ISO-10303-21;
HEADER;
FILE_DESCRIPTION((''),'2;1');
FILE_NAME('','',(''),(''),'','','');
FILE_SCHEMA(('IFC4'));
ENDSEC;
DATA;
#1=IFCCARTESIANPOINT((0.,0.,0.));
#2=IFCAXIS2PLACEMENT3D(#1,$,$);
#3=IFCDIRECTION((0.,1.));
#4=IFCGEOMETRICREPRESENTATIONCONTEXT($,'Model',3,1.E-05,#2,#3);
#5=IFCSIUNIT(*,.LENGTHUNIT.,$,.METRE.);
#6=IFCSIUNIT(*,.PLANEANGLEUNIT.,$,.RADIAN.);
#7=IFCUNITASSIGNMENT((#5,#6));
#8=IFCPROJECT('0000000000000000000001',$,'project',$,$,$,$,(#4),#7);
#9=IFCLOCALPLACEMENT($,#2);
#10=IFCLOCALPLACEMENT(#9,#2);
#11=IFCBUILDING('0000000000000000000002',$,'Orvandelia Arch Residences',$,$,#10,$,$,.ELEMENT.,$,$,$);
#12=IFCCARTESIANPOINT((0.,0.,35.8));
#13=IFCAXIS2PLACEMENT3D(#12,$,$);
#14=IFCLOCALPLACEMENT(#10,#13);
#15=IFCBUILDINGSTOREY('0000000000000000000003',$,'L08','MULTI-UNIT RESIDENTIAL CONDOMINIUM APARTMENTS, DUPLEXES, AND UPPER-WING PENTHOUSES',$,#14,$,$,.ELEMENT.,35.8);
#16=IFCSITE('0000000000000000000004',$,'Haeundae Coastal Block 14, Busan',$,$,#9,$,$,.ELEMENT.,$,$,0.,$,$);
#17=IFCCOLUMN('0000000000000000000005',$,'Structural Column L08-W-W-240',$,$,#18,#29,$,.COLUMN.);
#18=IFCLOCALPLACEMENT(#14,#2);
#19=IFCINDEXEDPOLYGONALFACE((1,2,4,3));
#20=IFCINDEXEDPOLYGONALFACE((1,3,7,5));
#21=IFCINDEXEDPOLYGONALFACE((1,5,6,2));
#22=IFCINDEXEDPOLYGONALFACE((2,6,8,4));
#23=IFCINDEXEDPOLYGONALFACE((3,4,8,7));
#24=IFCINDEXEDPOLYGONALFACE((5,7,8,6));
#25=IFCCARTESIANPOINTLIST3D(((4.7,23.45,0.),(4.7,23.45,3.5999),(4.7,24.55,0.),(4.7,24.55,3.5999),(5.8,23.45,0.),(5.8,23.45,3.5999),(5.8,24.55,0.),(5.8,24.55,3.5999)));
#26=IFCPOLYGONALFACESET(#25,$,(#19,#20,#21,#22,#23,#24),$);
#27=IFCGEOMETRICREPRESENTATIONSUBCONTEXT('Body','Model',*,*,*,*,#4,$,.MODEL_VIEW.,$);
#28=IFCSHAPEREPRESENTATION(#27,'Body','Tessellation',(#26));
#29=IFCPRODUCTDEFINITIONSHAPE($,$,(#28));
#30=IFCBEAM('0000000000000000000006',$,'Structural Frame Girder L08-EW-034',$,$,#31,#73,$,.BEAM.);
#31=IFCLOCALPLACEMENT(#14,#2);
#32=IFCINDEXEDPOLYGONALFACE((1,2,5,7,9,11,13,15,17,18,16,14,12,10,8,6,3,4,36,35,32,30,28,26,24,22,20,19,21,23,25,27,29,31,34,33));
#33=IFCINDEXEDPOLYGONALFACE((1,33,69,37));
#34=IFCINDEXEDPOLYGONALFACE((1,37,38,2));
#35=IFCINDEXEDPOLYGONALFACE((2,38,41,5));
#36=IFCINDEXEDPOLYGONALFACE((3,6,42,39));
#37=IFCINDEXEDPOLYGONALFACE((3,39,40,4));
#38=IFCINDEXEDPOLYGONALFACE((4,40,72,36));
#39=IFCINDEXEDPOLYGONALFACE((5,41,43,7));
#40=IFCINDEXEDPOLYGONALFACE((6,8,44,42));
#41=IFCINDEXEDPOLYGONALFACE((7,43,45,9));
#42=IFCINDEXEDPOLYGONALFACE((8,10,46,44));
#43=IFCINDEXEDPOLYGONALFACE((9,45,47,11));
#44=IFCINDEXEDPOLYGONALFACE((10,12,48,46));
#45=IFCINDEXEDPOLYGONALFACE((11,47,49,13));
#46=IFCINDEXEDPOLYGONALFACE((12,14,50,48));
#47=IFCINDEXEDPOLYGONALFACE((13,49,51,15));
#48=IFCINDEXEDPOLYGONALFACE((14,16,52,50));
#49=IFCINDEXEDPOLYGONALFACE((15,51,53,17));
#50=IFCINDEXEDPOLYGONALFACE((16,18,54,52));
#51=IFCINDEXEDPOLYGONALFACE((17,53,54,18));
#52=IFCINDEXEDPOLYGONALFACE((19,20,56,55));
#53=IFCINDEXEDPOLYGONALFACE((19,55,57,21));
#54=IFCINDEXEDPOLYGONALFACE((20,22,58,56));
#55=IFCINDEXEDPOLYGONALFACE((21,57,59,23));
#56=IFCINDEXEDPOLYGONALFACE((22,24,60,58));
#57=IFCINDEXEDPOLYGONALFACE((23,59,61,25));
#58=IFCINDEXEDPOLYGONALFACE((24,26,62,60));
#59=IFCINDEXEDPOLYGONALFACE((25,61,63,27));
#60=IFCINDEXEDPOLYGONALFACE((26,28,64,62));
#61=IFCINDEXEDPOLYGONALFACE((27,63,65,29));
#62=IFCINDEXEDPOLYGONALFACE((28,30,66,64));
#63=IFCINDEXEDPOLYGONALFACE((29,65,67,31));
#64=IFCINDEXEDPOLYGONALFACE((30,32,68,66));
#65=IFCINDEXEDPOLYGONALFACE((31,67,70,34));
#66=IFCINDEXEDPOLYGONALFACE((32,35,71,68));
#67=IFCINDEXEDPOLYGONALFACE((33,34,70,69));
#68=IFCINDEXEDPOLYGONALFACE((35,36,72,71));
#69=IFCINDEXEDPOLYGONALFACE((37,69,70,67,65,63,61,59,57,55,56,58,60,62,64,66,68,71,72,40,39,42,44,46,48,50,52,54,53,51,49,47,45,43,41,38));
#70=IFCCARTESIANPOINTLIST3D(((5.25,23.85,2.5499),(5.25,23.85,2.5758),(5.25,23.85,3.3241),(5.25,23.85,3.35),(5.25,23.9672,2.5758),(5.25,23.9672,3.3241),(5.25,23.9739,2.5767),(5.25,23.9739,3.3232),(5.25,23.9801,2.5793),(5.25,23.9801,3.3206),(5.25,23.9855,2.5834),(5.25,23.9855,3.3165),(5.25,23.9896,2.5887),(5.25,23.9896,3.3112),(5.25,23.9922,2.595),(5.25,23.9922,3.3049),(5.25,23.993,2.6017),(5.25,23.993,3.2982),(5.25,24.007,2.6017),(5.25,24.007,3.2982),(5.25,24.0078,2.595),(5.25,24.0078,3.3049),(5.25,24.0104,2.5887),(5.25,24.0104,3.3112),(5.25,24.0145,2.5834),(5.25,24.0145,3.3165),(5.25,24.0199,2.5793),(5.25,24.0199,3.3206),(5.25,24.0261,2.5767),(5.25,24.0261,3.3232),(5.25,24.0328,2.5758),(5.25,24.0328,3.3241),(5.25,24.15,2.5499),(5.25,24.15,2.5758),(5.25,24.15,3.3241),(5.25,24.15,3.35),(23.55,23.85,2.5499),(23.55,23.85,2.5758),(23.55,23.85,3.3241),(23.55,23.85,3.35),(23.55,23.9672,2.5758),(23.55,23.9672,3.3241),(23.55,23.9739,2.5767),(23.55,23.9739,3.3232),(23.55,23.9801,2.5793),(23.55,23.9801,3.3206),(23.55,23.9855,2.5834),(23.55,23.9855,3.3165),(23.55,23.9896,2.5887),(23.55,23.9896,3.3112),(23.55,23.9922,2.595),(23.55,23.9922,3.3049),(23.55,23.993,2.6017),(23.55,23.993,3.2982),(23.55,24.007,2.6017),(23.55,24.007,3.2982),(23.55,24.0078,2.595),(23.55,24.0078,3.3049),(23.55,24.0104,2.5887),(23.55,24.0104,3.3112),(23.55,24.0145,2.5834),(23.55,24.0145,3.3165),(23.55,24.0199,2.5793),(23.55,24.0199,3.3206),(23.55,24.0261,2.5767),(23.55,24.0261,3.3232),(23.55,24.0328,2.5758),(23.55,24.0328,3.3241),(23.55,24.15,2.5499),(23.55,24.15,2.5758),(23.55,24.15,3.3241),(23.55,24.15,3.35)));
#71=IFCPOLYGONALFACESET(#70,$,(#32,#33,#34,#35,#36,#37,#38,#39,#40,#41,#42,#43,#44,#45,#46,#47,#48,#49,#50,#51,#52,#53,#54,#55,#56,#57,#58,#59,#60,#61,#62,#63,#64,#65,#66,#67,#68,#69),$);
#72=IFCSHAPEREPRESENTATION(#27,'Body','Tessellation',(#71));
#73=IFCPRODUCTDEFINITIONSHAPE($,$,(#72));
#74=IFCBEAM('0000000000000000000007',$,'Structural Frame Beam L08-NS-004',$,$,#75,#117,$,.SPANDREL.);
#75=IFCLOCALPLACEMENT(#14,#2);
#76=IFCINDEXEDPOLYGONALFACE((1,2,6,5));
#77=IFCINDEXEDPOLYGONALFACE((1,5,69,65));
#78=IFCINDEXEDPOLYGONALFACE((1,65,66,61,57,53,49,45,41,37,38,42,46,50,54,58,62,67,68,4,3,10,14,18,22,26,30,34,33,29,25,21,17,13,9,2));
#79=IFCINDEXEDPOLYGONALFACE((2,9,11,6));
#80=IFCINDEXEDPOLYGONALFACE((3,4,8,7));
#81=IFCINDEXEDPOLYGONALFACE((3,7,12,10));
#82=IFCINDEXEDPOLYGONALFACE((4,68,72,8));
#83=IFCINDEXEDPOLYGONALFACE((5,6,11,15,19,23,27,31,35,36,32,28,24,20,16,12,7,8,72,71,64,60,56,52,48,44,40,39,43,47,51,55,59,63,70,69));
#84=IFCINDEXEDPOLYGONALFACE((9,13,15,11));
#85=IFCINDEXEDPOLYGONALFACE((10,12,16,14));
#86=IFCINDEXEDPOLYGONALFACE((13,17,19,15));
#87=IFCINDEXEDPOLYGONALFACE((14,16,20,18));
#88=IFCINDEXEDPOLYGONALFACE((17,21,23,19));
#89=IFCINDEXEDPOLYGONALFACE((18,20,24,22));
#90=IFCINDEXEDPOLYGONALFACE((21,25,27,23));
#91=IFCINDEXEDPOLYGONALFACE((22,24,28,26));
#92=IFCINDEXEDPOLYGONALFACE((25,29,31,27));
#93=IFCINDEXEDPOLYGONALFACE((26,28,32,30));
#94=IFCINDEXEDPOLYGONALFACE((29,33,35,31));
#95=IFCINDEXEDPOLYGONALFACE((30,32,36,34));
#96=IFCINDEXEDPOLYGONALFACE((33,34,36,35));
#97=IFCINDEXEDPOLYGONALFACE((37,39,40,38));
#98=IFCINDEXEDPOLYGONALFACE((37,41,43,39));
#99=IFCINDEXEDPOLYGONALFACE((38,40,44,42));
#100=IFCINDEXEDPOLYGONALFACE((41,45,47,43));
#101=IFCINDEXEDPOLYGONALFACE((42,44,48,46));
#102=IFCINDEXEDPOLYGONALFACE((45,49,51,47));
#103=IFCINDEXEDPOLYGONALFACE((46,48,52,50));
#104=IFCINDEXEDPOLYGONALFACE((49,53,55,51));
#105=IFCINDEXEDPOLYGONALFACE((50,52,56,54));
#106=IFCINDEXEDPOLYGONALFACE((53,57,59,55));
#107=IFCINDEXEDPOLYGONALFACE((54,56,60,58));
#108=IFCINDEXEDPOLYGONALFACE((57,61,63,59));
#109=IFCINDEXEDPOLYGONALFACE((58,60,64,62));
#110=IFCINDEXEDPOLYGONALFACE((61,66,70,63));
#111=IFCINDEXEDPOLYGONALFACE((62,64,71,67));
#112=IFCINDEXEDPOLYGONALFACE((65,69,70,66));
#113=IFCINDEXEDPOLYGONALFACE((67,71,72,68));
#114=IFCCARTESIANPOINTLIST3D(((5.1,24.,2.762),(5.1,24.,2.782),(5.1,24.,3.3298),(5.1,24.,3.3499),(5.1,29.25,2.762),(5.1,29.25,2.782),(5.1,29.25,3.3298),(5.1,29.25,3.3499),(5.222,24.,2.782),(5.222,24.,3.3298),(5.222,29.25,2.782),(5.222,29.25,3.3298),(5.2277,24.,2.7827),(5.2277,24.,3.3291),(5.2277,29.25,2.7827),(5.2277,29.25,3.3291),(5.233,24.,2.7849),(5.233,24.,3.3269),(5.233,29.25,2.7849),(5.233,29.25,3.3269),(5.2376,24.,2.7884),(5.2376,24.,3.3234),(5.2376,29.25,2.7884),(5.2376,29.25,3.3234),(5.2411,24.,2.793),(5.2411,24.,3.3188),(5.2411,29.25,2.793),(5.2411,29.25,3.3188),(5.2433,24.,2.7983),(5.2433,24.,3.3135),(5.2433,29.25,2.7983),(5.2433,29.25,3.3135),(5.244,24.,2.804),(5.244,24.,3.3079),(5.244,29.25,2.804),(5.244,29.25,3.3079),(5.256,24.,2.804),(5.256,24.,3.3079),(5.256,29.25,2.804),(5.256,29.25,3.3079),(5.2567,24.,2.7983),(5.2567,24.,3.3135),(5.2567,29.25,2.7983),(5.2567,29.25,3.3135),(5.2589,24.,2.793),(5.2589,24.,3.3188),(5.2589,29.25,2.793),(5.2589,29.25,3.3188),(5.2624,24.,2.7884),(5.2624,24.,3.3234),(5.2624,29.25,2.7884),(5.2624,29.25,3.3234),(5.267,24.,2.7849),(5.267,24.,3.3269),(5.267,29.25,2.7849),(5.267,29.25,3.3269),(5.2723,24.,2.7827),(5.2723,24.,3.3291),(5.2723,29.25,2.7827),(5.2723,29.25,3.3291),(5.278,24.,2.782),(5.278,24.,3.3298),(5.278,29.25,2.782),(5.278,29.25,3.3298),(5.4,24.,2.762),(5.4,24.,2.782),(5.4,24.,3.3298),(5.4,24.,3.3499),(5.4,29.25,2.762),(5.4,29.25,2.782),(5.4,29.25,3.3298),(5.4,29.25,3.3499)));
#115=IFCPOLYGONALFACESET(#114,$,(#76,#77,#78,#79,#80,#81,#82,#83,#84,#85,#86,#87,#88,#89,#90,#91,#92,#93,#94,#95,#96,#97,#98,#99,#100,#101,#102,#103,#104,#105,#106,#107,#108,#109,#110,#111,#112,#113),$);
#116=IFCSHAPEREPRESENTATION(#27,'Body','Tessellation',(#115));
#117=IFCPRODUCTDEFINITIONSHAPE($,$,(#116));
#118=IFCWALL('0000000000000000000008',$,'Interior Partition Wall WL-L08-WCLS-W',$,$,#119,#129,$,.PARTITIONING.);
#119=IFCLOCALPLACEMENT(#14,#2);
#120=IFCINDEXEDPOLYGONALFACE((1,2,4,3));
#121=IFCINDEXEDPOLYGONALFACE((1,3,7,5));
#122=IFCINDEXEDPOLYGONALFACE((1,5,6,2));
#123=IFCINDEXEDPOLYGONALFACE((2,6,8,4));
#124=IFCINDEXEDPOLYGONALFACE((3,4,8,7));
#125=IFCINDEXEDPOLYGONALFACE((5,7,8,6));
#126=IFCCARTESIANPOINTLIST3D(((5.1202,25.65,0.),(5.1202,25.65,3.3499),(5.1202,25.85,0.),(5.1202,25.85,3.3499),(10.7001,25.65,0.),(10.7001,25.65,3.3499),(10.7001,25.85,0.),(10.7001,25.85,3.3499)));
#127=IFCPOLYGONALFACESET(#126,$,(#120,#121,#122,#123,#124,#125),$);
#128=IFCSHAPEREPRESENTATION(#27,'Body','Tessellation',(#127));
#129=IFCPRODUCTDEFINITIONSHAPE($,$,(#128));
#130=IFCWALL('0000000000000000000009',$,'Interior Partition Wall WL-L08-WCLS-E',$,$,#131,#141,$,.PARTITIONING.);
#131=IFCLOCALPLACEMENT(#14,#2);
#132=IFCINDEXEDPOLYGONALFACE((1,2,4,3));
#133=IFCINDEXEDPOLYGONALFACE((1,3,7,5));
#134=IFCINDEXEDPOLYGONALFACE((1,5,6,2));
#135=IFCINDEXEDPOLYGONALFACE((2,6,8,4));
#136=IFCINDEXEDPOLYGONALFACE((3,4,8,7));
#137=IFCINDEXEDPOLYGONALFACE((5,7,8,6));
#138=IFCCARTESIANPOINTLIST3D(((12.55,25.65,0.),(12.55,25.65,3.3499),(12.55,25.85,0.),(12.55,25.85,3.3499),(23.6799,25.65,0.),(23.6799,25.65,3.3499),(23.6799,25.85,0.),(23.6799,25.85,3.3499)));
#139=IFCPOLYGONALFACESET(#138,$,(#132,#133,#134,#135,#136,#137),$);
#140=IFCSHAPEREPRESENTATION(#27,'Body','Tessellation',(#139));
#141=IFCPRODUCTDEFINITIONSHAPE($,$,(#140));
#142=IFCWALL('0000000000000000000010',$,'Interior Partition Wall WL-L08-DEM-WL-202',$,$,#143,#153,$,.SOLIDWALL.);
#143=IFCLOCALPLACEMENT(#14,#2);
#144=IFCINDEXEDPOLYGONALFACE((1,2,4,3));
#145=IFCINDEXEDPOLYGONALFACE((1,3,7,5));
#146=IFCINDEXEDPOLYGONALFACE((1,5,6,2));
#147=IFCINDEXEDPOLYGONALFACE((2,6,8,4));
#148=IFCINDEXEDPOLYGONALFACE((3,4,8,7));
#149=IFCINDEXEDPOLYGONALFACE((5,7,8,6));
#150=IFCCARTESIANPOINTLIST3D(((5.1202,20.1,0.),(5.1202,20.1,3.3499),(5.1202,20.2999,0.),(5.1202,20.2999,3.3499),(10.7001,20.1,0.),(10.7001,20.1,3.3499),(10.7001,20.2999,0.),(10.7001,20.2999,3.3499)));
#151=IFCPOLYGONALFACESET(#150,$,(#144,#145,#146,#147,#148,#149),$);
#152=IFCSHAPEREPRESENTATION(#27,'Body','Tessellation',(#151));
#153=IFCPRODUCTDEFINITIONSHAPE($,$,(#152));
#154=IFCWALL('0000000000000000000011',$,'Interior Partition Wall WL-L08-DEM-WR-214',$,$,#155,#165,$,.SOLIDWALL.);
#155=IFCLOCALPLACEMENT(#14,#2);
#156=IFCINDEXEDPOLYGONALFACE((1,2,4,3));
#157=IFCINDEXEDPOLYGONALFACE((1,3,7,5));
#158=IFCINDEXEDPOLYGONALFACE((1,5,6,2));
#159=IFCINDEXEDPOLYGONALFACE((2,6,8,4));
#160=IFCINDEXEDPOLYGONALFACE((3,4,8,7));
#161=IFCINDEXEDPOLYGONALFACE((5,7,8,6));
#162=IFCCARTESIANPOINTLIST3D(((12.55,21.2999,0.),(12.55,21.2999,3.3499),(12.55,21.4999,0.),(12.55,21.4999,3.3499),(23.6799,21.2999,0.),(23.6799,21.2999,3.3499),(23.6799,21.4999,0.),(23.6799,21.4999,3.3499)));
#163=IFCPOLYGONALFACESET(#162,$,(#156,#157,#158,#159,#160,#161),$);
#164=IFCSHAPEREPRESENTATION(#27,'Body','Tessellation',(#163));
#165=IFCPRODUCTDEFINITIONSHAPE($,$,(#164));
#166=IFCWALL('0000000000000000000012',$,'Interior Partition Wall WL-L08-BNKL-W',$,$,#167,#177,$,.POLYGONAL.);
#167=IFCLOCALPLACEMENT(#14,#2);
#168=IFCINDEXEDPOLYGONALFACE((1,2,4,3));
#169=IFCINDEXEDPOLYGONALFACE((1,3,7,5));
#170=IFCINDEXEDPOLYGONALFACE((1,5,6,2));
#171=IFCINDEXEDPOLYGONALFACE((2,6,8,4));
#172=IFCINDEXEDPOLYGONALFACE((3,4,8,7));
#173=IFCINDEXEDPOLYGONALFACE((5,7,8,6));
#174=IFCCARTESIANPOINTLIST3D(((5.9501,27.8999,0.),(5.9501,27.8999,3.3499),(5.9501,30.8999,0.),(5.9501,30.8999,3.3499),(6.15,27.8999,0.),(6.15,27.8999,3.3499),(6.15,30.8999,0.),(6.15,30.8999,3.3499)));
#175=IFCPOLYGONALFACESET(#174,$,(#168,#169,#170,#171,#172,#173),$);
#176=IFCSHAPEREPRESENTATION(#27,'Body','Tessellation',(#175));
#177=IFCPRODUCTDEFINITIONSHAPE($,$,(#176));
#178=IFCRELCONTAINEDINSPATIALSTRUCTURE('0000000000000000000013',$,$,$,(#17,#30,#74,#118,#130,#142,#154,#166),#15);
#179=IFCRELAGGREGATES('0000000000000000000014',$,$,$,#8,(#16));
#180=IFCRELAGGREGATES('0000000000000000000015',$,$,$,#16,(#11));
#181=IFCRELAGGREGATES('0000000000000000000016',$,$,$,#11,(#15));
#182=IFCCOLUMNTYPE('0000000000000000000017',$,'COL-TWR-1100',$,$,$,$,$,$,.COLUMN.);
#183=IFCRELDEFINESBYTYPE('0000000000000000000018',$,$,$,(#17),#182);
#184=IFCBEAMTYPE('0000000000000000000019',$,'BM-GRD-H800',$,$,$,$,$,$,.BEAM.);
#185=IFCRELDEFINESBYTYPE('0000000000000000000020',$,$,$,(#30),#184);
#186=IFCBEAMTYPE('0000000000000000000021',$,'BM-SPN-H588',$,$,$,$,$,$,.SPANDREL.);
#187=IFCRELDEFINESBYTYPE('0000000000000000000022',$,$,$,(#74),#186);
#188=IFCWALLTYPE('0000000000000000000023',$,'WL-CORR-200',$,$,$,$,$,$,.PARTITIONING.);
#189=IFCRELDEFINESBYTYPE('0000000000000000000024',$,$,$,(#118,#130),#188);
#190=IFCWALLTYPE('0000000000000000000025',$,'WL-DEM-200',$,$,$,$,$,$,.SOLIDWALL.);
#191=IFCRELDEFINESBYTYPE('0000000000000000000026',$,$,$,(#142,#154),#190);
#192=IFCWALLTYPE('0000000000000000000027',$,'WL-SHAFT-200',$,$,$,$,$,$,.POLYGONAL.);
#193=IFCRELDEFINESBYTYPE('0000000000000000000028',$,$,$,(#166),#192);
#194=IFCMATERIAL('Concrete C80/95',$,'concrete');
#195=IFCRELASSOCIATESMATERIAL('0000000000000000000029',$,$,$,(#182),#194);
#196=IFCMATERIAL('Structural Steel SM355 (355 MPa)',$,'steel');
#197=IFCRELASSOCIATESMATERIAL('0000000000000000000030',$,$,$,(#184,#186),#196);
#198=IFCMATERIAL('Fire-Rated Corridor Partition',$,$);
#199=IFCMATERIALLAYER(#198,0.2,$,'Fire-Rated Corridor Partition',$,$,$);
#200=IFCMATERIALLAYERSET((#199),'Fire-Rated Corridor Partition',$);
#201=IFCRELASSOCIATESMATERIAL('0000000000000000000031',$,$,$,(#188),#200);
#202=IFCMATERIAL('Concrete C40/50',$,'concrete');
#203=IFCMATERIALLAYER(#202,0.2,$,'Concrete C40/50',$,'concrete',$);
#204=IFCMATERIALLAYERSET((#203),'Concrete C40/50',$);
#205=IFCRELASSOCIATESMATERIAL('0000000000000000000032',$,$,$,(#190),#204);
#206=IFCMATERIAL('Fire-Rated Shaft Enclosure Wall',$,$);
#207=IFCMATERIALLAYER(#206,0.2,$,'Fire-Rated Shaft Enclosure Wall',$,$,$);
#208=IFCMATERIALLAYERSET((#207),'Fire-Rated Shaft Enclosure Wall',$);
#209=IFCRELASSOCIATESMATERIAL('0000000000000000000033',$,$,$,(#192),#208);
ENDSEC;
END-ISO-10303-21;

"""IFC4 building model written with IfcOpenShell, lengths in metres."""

from ifc_helpers import new_model, si_unit, direction, frame, frame_2d, origin, origin_2d, place, context, subcontext, project, spatial, rectangle, i_section, extrude, material, layer, layer_set, material_profile, profile_set, type_object, element, save


model = new_model("IFC4")

# Units and contexts
model_context = context("Model", 3, precision=1e-05, world=origin(), true_north=direction((0.0, 1.0)))
body_context = subcontext(model_context, "Body", "Model", "MODEL_VIEW")
ifc_project = project(units=[si_unit("LENGTHUNIT", "METRE"), si_unit("PLANEANGLEUNIT", "RADIAN")], contexts=[model_context])

# Site, building, storey
site_placement = place(None, origin())
site = spatial("IfcSite", under=ifc_project, at=site_placement, Name="Haeundae Coastal Block 14, Busan", CompositionType="ELEMENT", RefElevation=0.0)
building_placement = place(site_placement, origin())
building = spatial("IfcBuilding", under=site, at=building_placement, Name="Orvandelia Arch Residences", CompositionType="ELEMENT")
storey_placement = place(building_placement, frame((0.0, 0.0, 35.8)))
storey = spatial("IfcBuildingStorey", under=building, at=storey_placement, Name="L08", Description="MULTI-UNIT RESIDENTIAL CONDOMINIUM APARTMENTS, DUPLEXES, AND UPPER-WING PENTHOUSES", CompositionType="ELEMENT", Elevation=35.8)

# Column
ifc_material_1 = material(Name="Concrete C80/95", Category="concrete")
ifc_material_profile_1 = material_profile(ifc_material_1, rectangle(XDim=1.1001, YDim=1.1001, at=origin_2d()), Name="Concrete C80/95", Category="concrete")
ifc_profile_set_1 = profile_set([ifc_material_profile_1], Name="Concrete C80/95")
column_type = type_object("IfcColumnType", Name="COL-TWR-1100", PredefinedType="COLUMN", material=ifc_profile_set_1)
column_placement = place(storey_placement, frame((5.25, 24.0, 0.0), z_axis=(0.0, 0.0, 1.0), x_axis=(1.0, 0.0, 0.0)))
element("IfcColumn", 1, at=column_placement, inside=storey, type_object=column_type, Name="Structural Column L08-W-W-240", PredefinedType="COLUMN", context=body_context, shape_type="SweptSolid", body=[
    extrude(rectangle(XDim=1.1001, YDim=1.1001, at=origin_2d()), origin(), (0.0, 0.0, 1.0), 3.5999),
])

# Beams
ifc_material_2 = material(Name="Structural Steel SM355 (355 MPa)", Category="steel")
ifc_material_profile_2 = material_profile(ifc_material_2, i_section(OverallWidth=0.3, OverallDepth=0.8, WebThickness=0.0139, FlangeThickness=0.0259, FilletRadius=0.0259, at=origin_2d()), Name="Structural Steel SM355 (355 MPa)", Category="steel")
ifc_profile_set_2 = profile_set([ifc_material_profile_2], Name="Structural Steel SM355 (355 MPa)")
beam_type_1 = type_object("IfcBeamType", Name="BM-GRD-H800", PredefinedType="BEAM", material=ifc_profile_set_2)
beam_1_placement = place(storey_placement, frame((5.25, 24.0, 2.95), z_axis=(1.0, 0.0, 0.0), x_axis=(0.0, 1.0, 0.0)))
element("IfcBeam", 2, at=beam_1_placement, inside=storey, type_object=beam_type_1, Name="Structural Frame Girder L08-EW-034", PredefinedType="BEAM", context=body_context, shape_type="SweptSolid", body=[
    extrude(i_section(OverallWidth=0.3, OverallDepth=0.8, WebThickness=0.0139, FlangeThickness=0.0259, FilletRadius=0.0259, at=origin_2d()), origin(), (0.0, 0.0, 1.0), 18.3),
])
ifc_material_profile_3 = material_profile(ifc_material_2, i_section(OverallWidth=0.3, OverallDepth=0.5879, WebThickness=0.012, FlangeThickness=0.02, FilletRadius=0.022, at=origin_2d()), Name="Structural Steel SM355 (355 MPa)", Category="steel")
ifc_profile_set_3 = profile_set([ifc_material_profile_3], Name="Structural Steel SM355 (355 MPa)")
beam_type_2 = type_object("IfcBeamType", Name="BM-SPN-H588", PredefinedType="SPANDREL", material=ifc_profile_set_3)
beam_2_placement = place(storey_placement, frame((5.25, 24.0, 3.0559), z_axis=(0.0, 1.0, 0.0), x_axis=(-1.0, 0.0, 0.0)))
element("IfcBeam", 3, at=beam_2_placement, inside=storey, type_object=beam_type_2, Name="Structural Frame Beam L08-NS-004", PredefinedType="SPANDREL", context=body_context, shape_type="SweptSolid", body=[
    extrude(i_section(OverallWidth=0.3, OverallDepth=0.5879, WebThickness=0.012, FlangeThickness=0.02, FilletRadius=0.022, at=origin_2d()), origin(), (0.0, 0.0, 1.0), 5.25),
])

# Walls
ifc_material_3 = material(Name="Fire-Rated Corridor Partition")
ifc_layer_1 = layer(ifc_material_3, 0.2, Name="Fire-Rated Corridor Partition")
ifc_layer_set_1 = layer_set([ifc_layer_1], Name="Fire-Rated Corridor Partition")
wall_type_1 = type_object("IfcWallType", Name="WL-CORR-200", PredefinedType="PARTITIONING", material=ifc_layer_set_1)
wall_1_placement = place(storey_placement, frame((5.1201, 25.75, 0.0), z_axis=(0.0, 0.0, 1.0), x_axis=(1.0, 0.0, 0.0)))
element("IfcWall", 4, at=wall_1_placement, inside=storey, type_object=wall_type_1, Name="Interior Partition Wall WL-L08-WCLS-W", PredefinedType="PARTITIONING", context=body_context, shape_type="SweptSolid", body=[
    extrude(rectangle(XDim=5.5798, YDim=0.2, at=frame_2d((2.79, 0.0))), origin(), (0.0, 0.0, 1.0), 3.3499),
])
wall_2_placement = place(storey_placement, frame((12.55, 25.75, 0.0), z_axis=(0.0, 0.0, 1.0), x_axis=(1.0, 0.0, 0.0)))
element("IfcWall", 5, at=wall_2_placement, inside=storey, type_object=wall_type_1, Name="Interior Partition Wall WL-L08-WCLS-E", PredefinedType="PARTITIONING", context=body_context, shape_type="SweptSolid", body=[
    extrude(rectangle(XDim=11.1299, YDim=0.2, at=frame_2d((5.5649, 0.0))), origin(), (0.0, 0.0, 1.0), 3.3499),
])
ifc_material_4 = material(Name="Concrete C40/50", Category="concrete")
ifc_layer_2 = layer(ifc_material_4, 0.2, Name="Concrete C40/50", Category="concrete")
ifc_layer_set_2 = layer_set([ifc_layer_2], Name="Concrete C40/50")
wall_type_2 = type_object("IfcWallType", Name="WL-DEM-200", PredefinedType="SOLIDWALL", material=ifc_layer_set_2)
wall_3_placement = place(storey_placement, frame((5.1201, 20.2, 0.0), z_axis=(0.0, 0.0, 1.0), x_axis=(1.0, 0.0, 0.0)))
element("IfcWall", 6, at=wall_3_placement, inside=storey, type_object=wall_type_2, Name="Interior Partition Wall WL-L08-DEM-WL-202", PredefinedType="SOLIDWALL", context=body_context, shape_type="SweptSolid", body=[
    extrude(rectangle(XDim=5.5798, YDim=0.2, at=frame_2d((2.79, 0.0))), origin(), (0.0, 0.0, 1.0), 3.3499),
])
wall_4_placement = place(storey_placement, frame((12.55, 21.3999, 0.0), z_axis=(0.0, 0.0, 1.0), x_axis=(1.0, 0.0, 0.0)))
element("IfcWall", 7, at=wall_4_placement, inside=storey, type_object=wall_type_2, Name="Interior Partition Wall WL-L08-DEM-WR-214", PredefinedType="SOLIDWALL", context=body_context, shape_type="SweptSolid", body=[
    extrude(rectangle(XDim=11.1299, YDim=0.2, at=frame_2d((5.5649, 0.0))), origin(), (0.0, 0.0, 1.0), 3.3499),
])

# Shared definitions
ifc_material_5 = material(Name="Fire-Rated Shaft Enclosure Wall")
ifc_layer_3 = layer(ifc_material_5, 0.2, Name="Fire-Rated Shaft Enclosure Wall")
ifc_layer_set_3 = layer_set([ifc_layer_3], Name="Fire-Rated Shaft Enclosure Wall")
wall_type_3 = type_object("IfcWallType", Name="WL-SHAFT-200", PredefinedType="POLYGONAL", material=ifc_layer_set_3)

# Wall
wall_5_placement = place(storey_placement, frame((6.05, 27.8999, 0.0), z_axis=(0.0, 0.0, 1.0), x_axis=(0.0, 1.0, 0.0)))
element("IfcWall", 8, at=wall_5_placement, inside=storey, type_object=wall_type_3, Name="Interior Partition Wall WL-L08-BNKL-W", PredefinedType="POLYGONAL", context=body_context, shape_type="SweptSolid", body=[
    extrude(rectangle(XDim=3.0, YDim=0.2, at=frame_2d((1.5, 0.0))), origin(), (0.0, 0.0, 1.0), 3.3499),
])

save(model, "model.ifc")
